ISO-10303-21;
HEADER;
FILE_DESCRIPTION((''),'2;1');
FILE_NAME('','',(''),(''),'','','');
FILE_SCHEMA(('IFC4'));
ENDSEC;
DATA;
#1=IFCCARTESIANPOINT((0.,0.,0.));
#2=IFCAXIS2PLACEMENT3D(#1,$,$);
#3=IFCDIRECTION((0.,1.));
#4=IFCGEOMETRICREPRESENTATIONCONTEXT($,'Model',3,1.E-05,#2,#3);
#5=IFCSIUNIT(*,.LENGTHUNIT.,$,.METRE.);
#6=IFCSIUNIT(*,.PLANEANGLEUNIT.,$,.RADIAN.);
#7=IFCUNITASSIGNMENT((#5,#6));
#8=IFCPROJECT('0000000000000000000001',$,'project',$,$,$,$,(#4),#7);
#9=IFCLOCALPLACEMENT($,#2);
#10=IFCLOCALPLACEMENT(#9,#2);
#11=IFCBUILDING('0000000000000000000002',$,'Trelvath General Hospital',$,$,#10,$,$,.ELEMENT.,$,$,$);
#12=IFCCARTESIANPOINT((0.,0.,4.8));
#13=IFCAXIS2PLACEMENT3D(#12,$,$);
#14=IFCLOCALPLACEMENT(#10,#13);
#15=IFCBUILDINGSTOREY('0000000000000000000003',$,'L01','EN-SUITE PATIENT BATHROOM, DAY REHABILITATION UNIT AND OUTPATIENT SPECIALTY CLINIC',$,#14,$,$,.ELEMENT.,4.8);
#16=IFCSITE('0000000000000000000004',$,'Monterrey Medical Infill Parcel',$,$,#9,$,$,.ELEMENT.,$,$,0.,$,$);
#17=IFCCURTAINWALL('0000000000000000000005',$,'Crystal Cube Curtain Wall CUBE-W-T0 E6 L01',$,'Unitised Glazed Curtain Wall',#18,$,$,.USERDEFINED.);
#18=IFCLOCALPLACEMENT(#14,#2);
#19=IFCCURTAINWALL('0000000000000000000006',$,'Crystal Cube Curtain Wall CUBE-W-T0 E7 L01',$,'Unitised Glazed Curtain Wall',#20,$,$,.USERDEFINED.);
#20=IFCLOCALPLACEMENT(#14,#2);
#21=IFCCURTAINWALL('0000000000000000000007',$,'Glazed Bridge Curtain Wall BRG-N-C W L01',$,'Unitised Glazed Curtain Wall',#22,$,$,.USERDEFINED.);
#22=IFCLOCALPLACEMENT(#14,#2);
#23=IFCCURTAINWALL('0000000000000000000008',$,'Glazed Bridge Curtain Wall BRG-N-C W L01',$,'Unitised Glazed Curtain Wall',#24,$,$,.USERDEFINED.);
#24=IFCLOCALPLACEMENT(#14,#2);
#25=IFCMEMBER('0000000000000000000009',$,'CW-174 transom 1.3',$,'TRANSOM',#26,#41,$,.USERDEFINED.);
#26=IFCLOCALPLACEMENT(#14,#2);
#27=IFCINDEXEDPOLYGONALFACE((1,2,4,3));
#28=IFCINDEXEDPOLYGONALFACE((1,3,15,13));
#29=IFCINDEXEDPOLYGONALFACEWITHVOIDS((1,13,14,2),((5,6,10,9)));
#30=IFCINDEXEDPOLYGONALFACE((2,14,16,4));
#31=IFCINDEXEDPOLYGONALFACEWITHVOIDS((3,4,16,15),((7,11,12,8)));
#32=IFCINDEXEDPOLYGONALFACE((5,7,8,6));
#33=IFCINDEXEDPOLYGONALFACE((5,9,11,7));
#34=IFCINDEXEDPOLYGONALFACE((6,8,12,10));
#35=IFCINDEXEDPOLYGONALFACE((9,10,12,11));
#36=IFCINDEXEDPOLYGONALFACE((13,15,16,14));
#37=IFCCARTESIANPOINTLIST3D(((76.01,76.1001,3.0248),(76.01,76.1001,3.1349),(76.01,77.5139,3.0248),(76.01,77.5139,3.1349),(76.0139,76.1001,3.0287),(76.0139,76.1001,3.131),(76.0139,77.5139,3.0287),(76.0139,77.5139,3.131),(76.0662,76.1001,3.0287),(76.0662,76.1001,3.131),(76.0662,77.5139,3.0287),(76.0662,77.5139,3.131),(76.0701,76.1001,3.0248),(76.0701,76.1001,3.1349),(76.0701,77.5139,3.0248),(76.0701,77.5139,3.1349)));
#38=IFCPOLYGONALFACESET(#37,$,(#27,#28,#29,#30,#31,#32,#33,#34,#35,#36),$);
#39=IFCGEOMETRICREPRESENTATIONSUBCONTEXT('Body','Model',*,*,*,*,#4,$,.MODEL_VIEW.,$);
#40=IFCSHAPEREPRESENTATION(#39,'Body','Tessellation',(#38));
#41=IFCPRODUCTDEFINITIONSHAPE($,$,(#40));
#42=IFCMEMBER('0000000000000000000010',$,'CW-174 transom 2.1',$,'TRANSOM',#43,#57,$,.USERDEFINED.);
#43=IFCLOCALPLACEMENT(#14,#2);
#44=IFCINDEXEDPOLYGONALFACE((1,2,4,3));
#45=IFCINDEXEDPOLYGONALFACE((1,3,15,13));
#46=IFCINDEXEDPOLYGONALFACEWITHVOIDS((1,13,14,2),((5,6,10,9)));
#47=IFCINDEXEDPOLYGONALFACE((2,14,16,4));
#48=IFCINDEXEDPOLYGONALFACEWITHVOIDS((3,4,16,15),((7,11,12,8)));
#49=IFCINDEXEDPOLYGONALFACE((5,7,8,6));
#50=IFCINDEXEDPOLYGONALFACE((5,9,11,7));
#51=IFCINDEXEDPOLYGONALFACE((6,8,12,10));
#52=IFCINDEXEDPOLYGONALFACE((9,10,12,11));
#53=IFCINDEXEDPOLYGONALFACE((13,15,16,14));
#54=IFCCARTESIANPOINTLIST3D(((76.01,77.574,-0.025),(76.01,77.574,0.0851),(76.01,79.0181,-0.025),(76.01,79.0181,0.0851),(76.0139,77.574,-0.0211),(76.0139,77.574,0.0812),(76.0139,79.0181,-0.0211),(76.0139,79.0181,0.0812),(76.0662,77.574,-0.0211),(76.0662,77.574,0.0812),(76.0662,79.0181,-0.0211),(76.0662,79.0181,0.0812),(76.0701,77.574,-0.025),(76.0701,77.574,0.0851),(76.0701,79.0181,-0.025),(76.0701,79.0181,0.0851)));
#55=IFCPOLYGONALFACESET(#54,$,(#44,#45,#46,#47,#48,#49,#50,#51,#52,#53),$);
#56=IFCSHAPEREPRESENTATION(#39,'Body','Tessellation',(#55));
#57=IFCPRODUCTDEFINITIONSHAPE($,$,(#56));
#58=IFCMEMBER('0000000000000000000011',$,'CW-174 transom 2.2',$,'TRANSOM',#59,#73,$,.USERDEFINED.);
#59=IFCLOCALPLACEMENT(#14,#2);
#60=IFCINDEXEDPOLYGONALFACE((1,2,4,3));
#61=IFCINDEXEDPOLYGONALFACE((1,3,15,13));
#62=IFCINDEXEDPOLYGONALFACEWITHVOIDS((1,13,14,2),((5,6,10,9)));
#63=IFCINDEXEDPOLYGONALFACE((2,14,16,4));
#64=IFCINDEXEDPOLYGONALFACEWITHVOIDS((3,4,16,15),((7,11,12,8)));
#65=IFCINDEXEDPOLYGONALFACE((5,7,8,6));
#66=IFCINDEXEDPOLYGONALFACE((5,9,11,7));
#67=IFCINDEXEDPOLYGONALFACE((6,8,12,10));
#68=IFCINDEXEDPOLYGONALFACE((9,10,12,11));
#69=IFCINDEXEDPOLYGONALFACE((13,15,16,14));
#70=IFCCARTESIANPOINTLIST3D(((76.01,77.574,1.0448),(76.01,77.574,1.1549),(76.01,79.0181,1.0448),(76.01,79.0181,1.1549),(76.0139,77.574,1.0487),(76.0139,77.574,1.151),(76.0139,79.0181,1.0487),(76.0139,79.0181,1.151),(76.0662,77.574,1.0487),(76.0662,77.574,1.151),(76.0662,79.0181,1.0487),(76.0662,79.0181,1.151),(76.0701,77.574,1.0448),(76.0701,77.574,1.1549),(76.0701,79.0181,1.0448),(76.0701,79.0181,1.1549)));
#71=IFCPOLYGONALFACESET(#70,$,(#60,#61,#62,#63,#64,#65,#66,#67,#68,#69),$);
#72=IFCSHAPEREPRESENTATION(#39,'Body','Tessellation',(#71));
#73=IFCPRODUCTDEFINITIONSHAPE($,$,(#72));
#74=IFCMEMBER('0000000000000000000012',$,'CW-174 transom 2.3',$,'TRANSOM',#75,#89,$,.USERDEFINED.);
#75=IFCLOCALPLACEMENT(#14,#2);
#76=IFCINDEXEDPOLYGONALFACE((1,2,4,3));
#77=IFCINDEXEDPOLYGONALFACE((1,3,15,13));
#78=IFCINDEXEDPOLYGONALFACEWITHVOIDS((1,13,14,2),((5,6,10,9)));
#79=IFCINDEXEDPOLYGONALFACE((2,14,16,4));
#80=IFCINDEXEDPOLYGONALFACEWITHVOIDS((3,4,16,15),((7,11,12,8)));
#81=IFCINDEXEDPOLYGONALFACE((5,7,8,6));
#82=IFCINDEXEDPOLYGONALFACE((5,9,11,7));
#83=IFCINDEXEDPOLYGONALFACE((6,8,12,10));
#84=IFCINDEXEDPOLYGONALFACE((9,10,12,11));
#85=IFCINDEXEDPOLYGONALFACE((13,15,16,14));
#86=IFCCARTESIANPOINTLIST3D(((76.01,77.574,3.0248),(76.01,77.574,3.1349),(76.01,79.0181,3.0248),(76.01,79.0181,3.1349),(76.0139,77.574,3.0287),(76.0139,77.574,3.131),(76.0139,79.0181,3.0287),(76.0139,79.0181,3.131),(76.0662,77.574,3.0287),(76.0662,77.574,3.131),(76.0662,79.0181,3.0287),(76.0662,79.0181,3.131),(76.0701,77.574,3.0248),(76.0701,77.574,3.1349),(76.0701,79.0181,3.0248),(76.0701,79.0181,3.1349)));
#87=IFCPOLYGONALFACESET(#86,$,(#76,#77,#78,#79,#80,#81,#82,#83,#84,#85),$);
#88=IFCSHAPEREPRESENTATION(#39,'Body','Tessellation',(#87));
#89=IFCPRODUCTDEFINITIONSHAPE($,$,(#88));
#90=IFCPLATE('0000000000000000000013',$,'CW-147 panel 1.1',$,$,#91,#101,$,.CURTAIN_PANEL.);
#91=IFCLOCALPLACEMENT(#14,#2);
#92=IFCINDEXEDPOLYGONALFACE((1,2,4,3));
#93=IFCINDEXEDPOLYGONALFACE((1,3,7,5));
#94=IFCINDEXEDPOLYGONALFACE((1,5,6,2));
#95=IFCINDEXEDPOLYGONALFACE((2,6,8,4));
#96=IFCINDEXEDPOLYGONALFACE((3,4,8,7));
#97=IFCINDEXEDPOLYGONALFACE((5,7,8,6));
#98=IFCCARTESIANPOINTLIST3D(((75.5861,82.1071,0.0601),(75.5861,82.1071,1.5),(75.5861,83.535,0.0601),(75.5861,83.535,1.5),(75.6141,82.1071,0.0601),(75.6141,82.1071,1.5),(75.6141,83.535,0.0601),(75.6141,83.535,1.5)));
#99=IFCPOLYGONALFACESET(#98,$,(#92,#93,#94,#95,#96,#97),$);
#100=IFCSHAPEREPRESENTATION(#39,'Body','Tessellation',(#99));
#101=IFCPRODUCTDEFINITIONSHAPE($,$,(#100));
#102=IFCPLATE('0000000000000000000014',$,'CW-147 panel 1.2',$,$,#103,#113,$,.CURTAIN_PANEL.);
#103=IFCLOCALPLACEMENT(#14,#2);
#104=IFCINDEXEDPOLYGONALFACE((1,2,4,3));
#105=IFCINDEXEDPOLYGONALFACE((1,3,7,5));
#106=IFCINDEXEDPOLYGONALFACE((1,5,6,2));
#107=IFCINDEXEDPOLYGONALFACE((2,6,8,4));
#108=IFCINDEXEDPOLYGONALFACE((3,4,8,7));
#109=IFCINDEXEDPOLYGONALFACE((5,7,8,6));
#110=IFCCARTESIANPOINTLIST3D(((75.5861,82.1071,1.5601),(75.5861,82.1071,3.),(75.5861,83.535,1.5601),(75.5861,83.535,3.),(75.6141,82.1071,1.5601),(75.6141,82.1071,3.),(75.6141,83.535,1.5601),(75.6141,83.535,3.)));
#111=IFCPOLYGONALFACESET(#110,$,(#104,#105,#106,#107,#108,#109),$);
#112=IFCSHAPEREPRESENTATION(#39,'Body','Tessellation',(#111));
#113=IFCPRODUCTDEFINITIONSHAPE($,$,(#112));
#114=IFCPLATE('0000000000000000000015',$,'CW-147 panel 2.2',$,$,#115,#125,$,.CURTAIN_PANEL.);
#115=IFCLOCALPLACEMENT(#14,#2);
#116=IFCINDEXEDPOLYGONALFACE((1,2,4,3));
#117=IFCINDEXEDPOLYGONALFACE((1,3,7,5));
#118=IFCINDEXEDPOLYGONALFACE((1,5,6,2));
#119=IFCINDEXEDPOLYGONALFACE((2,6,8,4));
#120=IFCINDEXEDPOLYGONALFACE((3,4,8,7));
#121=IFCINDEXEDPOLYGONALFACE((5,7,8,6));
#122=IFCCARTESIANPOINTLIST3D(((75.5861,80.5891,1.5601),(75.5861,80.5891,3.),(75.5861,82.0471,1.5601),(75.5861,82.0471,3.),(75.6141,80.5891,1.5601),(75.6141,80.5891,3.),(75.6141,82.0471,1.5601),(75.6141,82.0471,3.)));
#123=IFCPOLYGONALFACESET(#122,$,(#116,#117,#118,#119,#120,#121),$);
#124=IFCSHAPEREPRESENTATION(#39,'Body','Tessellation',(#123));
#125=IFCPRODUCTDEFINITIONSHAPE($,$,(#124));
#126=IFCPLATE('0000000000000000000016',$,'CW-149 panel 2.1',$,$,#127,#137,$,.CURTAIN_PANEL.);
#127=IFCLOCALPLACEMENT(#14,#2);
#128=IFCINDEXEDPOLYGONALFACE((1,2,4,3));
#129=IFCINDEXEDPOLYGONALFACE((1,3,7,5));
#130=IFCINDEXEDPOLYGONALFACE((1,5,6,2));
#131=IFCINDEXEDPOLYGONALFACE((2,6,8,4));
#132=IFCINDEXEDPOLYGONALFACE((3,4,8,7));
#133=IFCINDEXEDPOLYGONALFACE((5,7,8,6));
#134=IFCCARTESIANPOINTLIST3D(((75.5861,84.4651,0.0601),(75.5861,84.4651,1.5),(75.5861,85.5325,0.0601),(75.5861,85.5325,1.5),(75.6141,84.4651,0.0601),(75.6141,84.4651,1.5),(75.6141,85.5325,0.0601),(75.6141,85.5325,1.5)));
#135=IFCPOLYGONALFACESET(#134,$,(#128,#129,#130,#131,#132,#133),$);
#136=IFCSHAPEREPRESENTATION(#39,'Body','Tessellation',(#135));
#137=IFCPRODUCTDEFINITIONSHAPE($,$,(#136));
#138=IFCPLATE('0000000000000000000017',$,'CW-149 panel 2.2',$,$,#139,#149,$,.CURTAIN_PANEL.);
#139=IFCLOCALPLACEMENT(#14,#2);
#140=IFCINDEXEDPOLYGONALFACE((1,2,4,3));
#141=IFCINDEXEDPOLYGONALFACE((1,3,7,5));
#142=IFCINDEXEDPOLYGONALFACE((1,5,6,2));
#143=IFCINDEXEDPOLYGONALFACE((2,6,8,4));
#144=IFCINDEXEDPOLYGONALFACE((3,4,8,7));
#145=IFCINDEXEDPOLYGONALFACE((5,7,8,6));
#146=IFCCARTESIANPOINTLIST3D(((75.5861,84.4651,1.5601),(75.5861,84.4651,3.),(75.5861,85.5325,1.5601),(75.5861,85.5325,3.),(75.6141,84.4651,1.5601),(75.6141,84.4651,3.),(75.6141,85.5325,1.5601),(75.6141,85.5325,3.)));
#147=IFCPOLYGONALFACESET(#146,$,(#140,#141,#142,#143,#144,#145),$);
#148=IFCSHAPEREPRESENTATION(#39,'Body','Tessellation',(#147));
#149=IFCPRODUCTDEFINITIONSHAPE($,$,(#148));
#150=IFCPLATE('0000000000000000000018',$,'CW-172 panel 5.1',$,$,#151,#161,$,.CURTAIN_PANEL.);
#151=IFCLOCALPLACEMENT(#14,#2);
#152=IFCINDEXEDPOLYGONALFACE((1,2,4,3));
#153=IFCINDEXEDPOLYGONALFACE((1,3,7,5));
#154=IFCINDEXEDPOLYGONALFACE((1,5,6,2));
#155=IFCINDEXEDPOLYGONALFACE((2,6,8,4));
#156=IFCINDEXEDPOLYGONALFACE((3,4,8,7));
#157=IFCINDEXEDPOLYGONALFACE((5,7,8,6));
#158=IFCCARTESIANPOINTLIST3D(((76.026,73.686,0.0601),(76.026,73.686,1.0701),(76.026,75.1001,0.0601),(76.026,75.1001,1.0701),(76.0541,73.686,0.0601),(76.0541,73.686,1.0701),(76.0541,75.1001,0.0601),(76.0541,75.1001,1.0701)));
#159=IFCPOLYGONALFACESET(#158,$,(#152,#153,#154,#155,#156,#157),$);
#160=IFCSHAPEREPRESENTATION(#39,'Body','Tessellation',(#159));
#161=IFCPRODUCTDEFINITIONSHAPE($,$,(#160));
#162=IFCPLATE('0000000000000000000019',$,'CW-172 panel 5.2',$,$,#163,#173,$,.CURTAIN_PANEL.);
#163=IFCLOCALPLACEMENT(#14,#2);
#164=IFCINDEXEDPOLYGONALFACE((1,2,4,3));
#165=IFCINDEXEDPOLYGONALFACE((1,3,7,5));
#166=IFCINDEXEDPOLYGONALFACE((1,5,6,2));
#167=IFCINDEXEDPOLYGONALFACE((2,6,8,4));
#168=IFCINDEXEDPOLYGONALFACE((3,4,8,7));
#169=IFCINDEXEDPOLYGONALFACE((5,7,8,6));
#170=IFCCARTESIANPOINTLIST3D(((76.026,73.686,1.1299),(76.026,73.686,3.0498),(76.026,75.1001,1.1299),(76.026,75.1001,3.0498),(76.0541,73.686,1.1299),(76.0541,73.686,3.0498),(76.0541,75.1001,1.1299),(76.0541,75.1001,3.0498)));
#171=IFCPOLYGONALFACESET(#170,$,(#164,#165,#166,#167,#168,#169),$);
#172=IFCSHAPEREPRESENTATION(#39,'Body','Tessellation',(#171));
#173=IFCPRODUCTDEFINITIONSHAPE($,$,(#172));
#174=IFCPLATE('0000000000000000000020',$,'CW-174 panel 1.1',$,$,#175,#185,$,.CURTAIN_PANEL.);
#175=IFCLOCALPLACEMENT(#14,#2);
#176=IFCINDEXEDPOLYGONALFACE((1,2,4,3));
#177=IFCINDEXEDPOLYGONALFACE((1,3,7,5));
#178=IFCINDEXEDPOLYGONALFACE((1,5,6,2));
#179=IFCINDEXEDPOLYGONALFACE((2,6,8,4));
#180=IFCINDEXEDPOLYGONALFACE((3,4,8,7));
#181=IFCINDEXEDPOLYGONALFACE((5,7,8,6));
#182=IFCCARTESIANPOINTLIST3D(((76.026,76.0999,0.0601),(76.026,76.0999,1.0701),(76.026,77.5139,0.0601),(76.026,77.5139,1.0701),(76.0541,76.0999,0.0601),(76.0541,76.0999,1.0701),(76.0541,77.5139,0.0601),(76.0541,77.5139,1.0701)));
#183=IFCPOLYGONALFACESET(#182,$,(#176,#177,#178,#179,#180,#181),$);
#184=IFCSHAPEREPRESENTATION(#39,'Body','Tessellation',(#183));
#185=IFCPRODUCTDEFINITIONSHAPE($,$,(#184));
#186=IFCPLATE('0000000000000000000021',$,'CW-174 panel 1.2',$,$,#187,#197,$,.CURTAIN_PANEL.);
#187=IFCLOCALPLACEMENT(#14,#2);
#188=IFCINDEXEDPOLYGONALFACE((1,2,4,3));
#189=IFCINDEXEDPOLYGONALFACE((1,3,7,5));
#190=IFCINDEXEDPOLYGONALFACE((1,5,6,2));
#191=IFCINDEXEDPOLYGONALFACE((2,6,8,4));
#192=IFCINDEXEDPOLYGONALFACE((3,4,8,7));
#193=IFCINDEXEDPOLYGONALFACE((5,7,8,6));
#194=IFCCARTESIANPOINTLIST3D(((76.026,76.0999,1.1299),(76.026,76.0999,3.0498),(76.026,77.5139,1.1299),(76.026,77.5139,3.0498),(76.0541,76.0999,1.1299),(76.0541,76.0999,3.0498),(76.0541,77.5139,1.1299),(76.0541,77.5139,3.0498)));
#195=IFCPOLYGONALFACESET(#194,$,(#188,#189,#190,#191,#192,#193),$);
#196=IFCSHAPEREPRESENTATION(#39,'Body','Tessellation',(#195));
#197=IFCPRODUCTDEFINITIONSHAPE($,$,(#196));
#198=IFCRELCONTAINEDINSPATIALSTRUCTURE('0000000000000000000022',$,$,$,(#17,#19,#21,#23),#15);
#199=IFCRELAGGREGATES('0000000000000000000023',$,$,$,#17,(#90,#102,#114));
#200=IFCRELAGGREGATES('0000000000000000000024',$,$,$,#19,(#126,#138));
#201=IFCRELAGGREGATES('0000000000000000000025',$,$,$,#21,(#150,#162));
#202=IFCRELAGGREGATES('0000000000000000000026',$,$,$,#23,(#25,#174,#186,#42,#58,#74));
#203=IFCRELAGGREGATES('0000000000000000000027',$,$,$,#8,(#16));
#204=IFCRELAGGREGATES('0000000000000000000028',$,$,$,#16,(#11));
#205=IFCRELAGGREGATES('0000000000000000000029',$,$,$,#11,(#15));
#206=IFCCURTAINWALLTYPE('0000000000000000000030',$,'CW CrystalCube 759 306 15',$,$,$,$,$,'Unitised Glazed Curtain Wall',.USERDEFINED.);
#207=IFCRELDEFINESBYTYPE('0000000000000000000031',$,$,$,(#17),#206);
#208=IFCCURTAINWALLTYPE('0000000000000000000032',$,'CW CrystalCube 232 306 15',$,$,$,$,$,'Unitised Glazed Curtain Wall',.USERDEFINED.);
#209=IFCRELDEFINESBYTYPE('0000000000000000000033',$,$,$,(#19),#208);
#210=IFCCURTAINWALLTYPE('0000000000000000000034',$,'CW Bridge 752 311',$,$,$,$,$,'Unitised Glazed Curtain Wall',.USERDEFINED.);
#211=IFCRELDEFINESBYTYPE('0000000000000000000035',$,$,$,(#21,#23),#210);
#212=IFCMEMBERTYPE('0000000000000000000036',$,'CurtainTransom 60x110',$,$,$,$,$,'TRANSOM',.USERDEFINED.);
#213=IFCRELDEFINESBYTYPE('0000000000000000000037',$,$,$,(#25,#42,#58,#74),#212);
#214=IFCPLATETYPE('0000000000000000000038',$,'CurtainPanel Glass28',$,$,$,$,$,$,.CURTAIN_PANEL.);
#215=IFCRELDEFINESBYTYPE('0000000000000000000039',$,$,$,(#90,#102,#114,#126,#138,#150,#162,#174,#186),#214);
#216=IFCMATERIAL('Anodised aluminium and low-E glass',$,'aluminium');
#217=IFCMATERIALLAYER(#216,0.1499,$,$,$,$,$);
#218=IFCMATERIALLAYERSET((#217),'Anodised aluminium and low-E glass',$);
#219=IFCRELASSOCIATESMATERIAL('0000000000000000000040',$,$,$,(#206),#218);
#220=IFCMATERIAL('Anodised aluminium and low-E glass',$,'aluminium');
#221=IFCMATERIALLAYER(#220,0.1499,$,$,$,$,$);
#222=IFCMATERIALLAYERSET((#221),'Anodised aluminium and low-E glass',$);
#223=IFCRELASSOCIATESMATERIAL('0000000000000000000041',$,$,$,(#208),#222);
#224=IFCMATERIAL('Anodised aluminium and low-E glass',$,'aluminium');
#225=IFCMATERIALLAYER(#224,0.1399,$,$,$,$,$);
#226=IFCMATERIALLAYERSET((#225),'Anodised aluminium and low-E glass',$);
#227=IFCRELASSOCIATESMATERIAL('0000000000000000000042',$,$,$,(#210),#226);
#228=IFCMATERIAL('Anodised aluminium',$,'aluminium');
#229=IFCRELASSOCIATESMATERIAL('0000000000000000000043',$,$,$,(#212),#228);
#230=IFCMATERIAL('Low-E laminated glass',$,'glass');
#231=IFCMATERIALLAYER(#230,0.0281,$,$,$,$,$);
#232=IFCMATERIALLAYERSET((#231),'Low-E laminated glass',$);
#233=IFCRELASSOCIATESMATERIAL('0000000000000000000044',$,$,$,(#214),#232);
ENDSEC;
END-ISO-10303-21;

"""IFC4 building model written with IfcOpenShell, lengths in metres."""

from ifc_helpers import new_model, si_unit, direction, frame, origin, origin_2d, place, context, subcontext, project, spatial, rectangle, hollow_rectangle, extrude, material, layer, layer_set, material_profile, profile_set, type_object, element, aggregate, save


model = new_model("IFC4")

# Units and contexts
model_context = context("Model", 3, precision=1e-05, world=origin(), true_north=direction((0.0, 1.0)))
body_context = subcontext(model_context, "Body", "Model", "MODEL_VIEW")
ifc_project = project(units=[si_unit("LENGTHUNIT", "METRE"), si_unit("PLANEANGLEUNIT", "RADIAN")], contexts=[model_context])

# Site, building, storey
site_placement = place(None, origin())
site = spatial("IfcSite", under=ifc_project, at=site_placement, Name="Monterrey Medical Infill Parcel", CompositionType="ELEMENT", RefElevation=0.0)
building_placement = place(site_placement, origin())
building = spatial("IfcBuilding", under=site, at=building_placement, Name="Trelvath General Hospital", CompositionType="ELEMENT")
storey_placement = place(building_placement, frame((0.0, 0.0, 4.8)))
storey = spatial("IfcBuildingStorey", under=building, at=storey_placement, Name="L01", Description="EN-SUITE PATIENT BATHROOM, DAY REHABILITATION UNIT AND OUTPATIENT SPECIALTY CLINIC", CompositionType="ELEMENT", Elevation=4.8)

# Curtain wall
ifc_material_1 = material(Name="Anodised aluminium and low-E glass", Category="aluminium")
ifc_layer_1 = layer(ifc_material_1, 0.1499)
ifc_layer_set_1 = layer_set([ifc_layer_1], Name="Anodised aluminium and low-E glass")
curtain_wall_type_1 = type_object("IfcCurtainWallType", Name="CW CrystalCube 759 306 15", ElementType="Unitised Glazed Curtain Wall", PredefinedType="USERDEFINED", material=ifc_layer_set_1)
curtain_wall_1_placement = place(storey_placement, origin())
curtain_wall_1 = element("IfcCurtainWall", 1, at=curtain_wall_1_placement, inside=storey, type_object=curtain_wall_type_1, Name="Crystal Cube Curtain Wall CUBE-W-T0 E6 L01", ObjectType="Unitised Glazed Curtain Wall", PredefinedType="USERDEFINED")

# Curtain wall
ifc_material_2 = material(Name="Anodised aluminium and low-E glass", Category="aluminium")
ifc_layer_2 = layer(ifc_material_2, 0.1499)
ifc_layer_set_2 = layer_set([ifc_layer_2], Name="Anodised aluminium and low-E glass")
curtain_wall_type_2 = type_object("IfcCurtainWallType", Name="CW CrystalCube 232 306 15", ElementType="Unitised Glazed Curtain Wall", PredefinedType="USERDEFINED", material=ifc_layer_set_2)
curtain_wall_2_placement = place(storey_placement, origin())
curtain_wall_2 = element("IfcCurtainWall", 2, at=curtain_wall_2_placement, inside=storey, type_object=curtain_wall_type_2, Name="Crystal Cube Curtain Wall CUBE-W-T0 E7 L01", ObjectType="Unitised Glazed Curtain Wall", PredefinedType="USERDEFINED")

# Curtain walls
ifc_material_3 = material(Name="Anodised aluminium and low-E glass", Category="aluminium")
ifc_layer_3 = layer(ifc_material_3, 0.1399)
ifc_layer_set_3 = layer_set([ifc_layer_3], Name="Anodised aluminium and low-E glass")
curtain_wall_type_3 = type_object("IfcCurtainWallType", Name="CW Bridge 752 311", ElementType="Unitised Glazed Curtain Wall", PredefinedType="USERDEFINED", material=ifc_layer_set_3)
curtain_wall_3_placement = place(storey_placement, origin())
curtain_wall_3 = element("IfcCurtainWall", 3, at=curtain_wall_3_placement, inside=storey, type_object=curtain_wall_type_3, Name="Glazed Bridge Curtain Wall BRG-N-C W L01", ObjectType="Unitised Glazed Curtain Wall", PredefinedType="USERDEFINED")
curtain_wall_4_placement = place(storey_placement, origin())
curtain_wall_4 = element("IfcCurtainWall", 4, at=curtain_wall_4_placement, inside=storey, type_object=curtain_wall_type_3, Name="Glazed Bridge Curtain Wall BRG-N-C W L01", ObjectType="Unitised Glazed Curtain Wall", PredefinedType="USERDEFINED")

# Members
ifc_material_4 = material(Name="Anodised aluminium", Category="aluminium")
ifc_material_profile_1 = material_profile(ifc_material_4, hollow_rectangle(XDim=0.0601, YDim=0.1101, WallThickness=0.0039, at=origin_2d()), Name="RHS60x110x4")
ifc_profile_set_1 = profile_set([ifc_material_profile_1], Name="Anodised aluminium")
member_type_1 = type_object("IfcMemberType", Name="CurtainTransom 60x110", ElementType="TRANSOM", PredefinedType="USERDEFINED", material=ifc_profile_set_1)
member_1_placement = place(storey_placement, frame((76.04, 76.1001, 3.0798), z_axis=(0.0, 1.0, 0.0), x_axis=(-1.0, 0.0, 0.0)))
member_1 = element("IfcMember", 5, at=member_1_placement, type_object=member_type_1, Name="CW-174 transom 1.3", ObjectType="TRANSOM", PredefinedType="USERDEFINED", context=body_context, shape_type="SweptSolid", body=[
    extrude(hollow_rectangle(XDim=0.0601, YDim=0.1101, WallThickness=0.0039, at=origin_2d()), origin(), (0.0, 0.0, 1.0), 1.4138),
])
member_2_placement = place(storey_placement, frame((76.04, 77.574, 0.03), z_axis=(0.0, 1.0, 0.0), x_axis=(-1.0, 0.0, 0.0)))
member_2 = element("IfcMember", 6, at=member_2_placement, type_object=member_type_1, Name="CW-174 transom 2.1", ObjectType="TRANSOM", PredefinedType="USERDEFINED", context=body_context, shape_type="SweptSolid", body=[
    extrude(hollow_rectangle(XDim=0.0601, YDim=0.1101, WallThickness=0.0039, at=origin_2d()), origin(), (0.0, 0.0, 1.0), 1.4441),
])
member_3_placement = place(storey_placement, frame((76.04, 77.574, 1.0999), z_axis=(0.0, 1.0, 0.0), x_axis=(-1.0, 0.0, 0.0)))
member_3 = element("IfcMember", 7, at=member_3_placement, type_object=member_type_1, Name="CW-174 transom 2.2", ObjectType="TRANSOM", PredefinedType="USERDEFINED", context=body_context, shape_type="SweptSolid", body=[
    extrude(hollow_rectangle(XDim=0.0601, YDim=0.1101, WallThickness=0.0039, at=origin_2d()), origin(), (0.0, 0.0, 1.0), 1.4441),
])
member_4_placement = place(storey_placement, frame((76.04, 77.574, 3.0798), z_axis=(0.0, 1.0, 0.0), x_axis=(-1.0, 0.0, 0.0)))
member_4 = element("IfcMember", 8, at=member_4_placement, type_object=member_type_1, Name="CW-174 transom 2.3", ObjectType="TRANSOM", PredefinedType="USERDEFINED", context=body_context, shape_type="SweptSolid", body=[
    extrude(hollow_rectangle(XDim=0.0601, YDim=0.1101, WallThickness=0.0039, at=origin_2d()), origin(), (0.0, 0.0, 1.0), 1.4441),
])

# Plates
ifc_material_5 = material(Name="Low-E laminated glass", Category="glass")
ifc_layer_4 = layer(ifc_material_5, 0.0281)
ifc_layer_set_4 = layer_set([ifc_layer_4], Name="Low-E laminated glass")
plate_type = type_object("IfcPlateType", Name="CurtainPanel Glass28", PredefinedType="CURTAIN_PANEL", material=ifc_layer_set_4)
plate_1_placement = place(storey_placement, frame((75.6001, 82.821, 0.0601), z_axis=(0.0, 0.0, 1.0), x_axis=(0.0, -1.0, 0.0)))
plate_1 = element("IfcPlate", 9, at=plate_1_placement, type_object=plate_type, Name="CW-147 panel 1.1", PredefinedType="CURTAIN_PANEL", context=body_context, shape_type="SweptSolid", body=[
    extrude(rectangle(XDim=1.428, YDim=0.0281, at=origin_2d()), origin(), (0.0, 0.0, 1.0), 1.4399),
])
plate_2_placement = place(storey_placement, frame((75.6001, 82.821, 1.5601), z_axis=(0.0, 0.0, 1.0), x_axis=(0.0, -1.0, 0.0)))
plate_2 = element("IfcPlate", 10, at=plate_2_placement, type_object=plate_type, Name="CW-147 panel 1.2", PredefinedType="CURTAIN_PANEL", context=body_context, shape_type="SweptSolid", body=[
    extrude(rectangle(XDim=1.428, YDim=0.0281, at=origin_2d()), origin(), (0.0, 0.0, 1.0), 1.4399),
])
plate_3_placement = place(storey_placement, frame((75.6001, 81.3181, 1.5601), z_axis=(0.0, 0.0, 1.0), x_axis=(0.0, -1.0, 0.0)))
plate_3 = element("IfcPlate", 11, at=plate_3_placement, type_object=plate_type, Name="CW-147 panel 2.2", PredefinedType="CURTAIN_PANEL", context=body_context, shape_type="SweptSolid", body=[
    extrude(rectangle(XDim=1.458, YDim=0.0281, at=origin_2d()), origin(), (0.0, 0.0, 1.0), 1.4399),
])
aggregate(curtain_wall_1, [plate_1, plate_2, plate_3])
plate_4_placement = place(storey_placement, frame((75.6001, 84.9988, 0.0601), z_axis=(0.0, 0.0, 1.0), x_axis=(0.0, -1.0, 0.0)))
plate_4 = element("IfcPlate", 12, at=plate_4_placement, type_object=plate_type, Name="CW-149 panel 2.1", PredefinedType="CURTAIN_PANEL", context=body_context, shape_type="SweptSolid", body=[
    extrude(rectangle(XDim=1.0674, YDim=0.0281, at=origin_2d()), origin(), (0.0, 0.0, 1.0), 1.4399),
])
plate_5_placement = place(storey_placement, frame((75.6001, 84.9988, 1.5601), z_axis=(0.0, 0.0, 1.0), x_axis=(0.0, -1.0, 0.0)))
plate_5 = element("IfcPlate", 13, at=plate_5_placement, type_object=plate_type, Name="CW-149 panel 2.2", PredefinedType="CURTAIN_PANEL", context=body_context, shape_type="SweptSolid", body=[
    extrude(rectangle(XDim=1.0674, YDim=0.0281, at=origin_2d()), origin(), (0.0, 0.0, 1.0), 1.4399),
])
aggregate(curtain_wall_2, [plate_4, plate_5])
plate_6_placement = place(storey_placement, frame((76.04, 74.3931, 0.0601), z_axis=(0.0, 0.0, 1.0), x_axis=(0.0, 1.0, 0.0)))
plate_6 = element("IfcPlate", 14, at=plate_6_placement, type_object=plate_type, Name="CW-172 panel 5.1", PredefinedType="CURTAIN_PANEL", context=body_context, shape_type="SweptSolid", body=[
    extrude(rectangle(XDim=1.4141, YDim=0.0281, at=origin_2d()), origin(), (0.0, 0.0, 1.0), 1.01),
])
plate_7_placement = place(storey_placement, frame((76.04, 74.3931, 1.1299), z_axis=(0.0, 0.0, 1.0), x_axis=(0.0, 1.0, 0.0)))
plate_7 = element("IfcPlate", 15, at=plate_7_placement, type_object=plate_type, Name="CW-172 panel 5.2", PredefinedType="CURTAIN_PANEL", context=body_context, shape_type="SweptSolid", body=[
    extrude(rectangle(XDim=1.4141, YDim=0.0281, at=origin_2d()), origin(), (0.0, 0.0, 1.0), 1.9199),
])
aggregate(curtain_wall_3, [plate_6, plate_7])
plate_8_placement = place(storey_placement, frame((76.04, 76.8069, 0.0601), z_axis=(0.0, 0.0, 1.0), x_axis=(0.0, 1.0, 0.0)))
plate_8 = element("IfcPlate", 16, at=plate_8_placement, type_object=plate_type, Name="CW-174 panel 1.1", PredefinedType="CURTAIN_PANEL", context=body_context, shape_type="SweptSolid", body=[
    extrude(rectangle(XDim=1.4141, YDim=0.0281, at=origin_2d()), origin(), (0.0, 0.0, 1.0), 1.01),
])
plate_9_placement = place(storey_placement, frame((76.04, 76.8069, 1.1299), z_axis=(0.0, 0.0, 1.0), x_axis=(0.0, 1.0, 0.0)))
plate_9 = element("IfcPlate", 17, at=plate_9_placement, type_object=plate_type, Name="CW-174 panel 1.2", PredefinedType="CURTAIN_PANEL", context=body_context, shape_type="SweptSolid", body=[
    extrude(rectangle(XDim=1.4141, YDim=0.0281, at=origin_2d()), origin(), (0.0, 0.0, 1.0), 1.9199),
])
aggregate(curtain_wall_4, [member_1, plate_8, plate_9, member_2, member_3, member_4])

save(model, "model.ifc")
